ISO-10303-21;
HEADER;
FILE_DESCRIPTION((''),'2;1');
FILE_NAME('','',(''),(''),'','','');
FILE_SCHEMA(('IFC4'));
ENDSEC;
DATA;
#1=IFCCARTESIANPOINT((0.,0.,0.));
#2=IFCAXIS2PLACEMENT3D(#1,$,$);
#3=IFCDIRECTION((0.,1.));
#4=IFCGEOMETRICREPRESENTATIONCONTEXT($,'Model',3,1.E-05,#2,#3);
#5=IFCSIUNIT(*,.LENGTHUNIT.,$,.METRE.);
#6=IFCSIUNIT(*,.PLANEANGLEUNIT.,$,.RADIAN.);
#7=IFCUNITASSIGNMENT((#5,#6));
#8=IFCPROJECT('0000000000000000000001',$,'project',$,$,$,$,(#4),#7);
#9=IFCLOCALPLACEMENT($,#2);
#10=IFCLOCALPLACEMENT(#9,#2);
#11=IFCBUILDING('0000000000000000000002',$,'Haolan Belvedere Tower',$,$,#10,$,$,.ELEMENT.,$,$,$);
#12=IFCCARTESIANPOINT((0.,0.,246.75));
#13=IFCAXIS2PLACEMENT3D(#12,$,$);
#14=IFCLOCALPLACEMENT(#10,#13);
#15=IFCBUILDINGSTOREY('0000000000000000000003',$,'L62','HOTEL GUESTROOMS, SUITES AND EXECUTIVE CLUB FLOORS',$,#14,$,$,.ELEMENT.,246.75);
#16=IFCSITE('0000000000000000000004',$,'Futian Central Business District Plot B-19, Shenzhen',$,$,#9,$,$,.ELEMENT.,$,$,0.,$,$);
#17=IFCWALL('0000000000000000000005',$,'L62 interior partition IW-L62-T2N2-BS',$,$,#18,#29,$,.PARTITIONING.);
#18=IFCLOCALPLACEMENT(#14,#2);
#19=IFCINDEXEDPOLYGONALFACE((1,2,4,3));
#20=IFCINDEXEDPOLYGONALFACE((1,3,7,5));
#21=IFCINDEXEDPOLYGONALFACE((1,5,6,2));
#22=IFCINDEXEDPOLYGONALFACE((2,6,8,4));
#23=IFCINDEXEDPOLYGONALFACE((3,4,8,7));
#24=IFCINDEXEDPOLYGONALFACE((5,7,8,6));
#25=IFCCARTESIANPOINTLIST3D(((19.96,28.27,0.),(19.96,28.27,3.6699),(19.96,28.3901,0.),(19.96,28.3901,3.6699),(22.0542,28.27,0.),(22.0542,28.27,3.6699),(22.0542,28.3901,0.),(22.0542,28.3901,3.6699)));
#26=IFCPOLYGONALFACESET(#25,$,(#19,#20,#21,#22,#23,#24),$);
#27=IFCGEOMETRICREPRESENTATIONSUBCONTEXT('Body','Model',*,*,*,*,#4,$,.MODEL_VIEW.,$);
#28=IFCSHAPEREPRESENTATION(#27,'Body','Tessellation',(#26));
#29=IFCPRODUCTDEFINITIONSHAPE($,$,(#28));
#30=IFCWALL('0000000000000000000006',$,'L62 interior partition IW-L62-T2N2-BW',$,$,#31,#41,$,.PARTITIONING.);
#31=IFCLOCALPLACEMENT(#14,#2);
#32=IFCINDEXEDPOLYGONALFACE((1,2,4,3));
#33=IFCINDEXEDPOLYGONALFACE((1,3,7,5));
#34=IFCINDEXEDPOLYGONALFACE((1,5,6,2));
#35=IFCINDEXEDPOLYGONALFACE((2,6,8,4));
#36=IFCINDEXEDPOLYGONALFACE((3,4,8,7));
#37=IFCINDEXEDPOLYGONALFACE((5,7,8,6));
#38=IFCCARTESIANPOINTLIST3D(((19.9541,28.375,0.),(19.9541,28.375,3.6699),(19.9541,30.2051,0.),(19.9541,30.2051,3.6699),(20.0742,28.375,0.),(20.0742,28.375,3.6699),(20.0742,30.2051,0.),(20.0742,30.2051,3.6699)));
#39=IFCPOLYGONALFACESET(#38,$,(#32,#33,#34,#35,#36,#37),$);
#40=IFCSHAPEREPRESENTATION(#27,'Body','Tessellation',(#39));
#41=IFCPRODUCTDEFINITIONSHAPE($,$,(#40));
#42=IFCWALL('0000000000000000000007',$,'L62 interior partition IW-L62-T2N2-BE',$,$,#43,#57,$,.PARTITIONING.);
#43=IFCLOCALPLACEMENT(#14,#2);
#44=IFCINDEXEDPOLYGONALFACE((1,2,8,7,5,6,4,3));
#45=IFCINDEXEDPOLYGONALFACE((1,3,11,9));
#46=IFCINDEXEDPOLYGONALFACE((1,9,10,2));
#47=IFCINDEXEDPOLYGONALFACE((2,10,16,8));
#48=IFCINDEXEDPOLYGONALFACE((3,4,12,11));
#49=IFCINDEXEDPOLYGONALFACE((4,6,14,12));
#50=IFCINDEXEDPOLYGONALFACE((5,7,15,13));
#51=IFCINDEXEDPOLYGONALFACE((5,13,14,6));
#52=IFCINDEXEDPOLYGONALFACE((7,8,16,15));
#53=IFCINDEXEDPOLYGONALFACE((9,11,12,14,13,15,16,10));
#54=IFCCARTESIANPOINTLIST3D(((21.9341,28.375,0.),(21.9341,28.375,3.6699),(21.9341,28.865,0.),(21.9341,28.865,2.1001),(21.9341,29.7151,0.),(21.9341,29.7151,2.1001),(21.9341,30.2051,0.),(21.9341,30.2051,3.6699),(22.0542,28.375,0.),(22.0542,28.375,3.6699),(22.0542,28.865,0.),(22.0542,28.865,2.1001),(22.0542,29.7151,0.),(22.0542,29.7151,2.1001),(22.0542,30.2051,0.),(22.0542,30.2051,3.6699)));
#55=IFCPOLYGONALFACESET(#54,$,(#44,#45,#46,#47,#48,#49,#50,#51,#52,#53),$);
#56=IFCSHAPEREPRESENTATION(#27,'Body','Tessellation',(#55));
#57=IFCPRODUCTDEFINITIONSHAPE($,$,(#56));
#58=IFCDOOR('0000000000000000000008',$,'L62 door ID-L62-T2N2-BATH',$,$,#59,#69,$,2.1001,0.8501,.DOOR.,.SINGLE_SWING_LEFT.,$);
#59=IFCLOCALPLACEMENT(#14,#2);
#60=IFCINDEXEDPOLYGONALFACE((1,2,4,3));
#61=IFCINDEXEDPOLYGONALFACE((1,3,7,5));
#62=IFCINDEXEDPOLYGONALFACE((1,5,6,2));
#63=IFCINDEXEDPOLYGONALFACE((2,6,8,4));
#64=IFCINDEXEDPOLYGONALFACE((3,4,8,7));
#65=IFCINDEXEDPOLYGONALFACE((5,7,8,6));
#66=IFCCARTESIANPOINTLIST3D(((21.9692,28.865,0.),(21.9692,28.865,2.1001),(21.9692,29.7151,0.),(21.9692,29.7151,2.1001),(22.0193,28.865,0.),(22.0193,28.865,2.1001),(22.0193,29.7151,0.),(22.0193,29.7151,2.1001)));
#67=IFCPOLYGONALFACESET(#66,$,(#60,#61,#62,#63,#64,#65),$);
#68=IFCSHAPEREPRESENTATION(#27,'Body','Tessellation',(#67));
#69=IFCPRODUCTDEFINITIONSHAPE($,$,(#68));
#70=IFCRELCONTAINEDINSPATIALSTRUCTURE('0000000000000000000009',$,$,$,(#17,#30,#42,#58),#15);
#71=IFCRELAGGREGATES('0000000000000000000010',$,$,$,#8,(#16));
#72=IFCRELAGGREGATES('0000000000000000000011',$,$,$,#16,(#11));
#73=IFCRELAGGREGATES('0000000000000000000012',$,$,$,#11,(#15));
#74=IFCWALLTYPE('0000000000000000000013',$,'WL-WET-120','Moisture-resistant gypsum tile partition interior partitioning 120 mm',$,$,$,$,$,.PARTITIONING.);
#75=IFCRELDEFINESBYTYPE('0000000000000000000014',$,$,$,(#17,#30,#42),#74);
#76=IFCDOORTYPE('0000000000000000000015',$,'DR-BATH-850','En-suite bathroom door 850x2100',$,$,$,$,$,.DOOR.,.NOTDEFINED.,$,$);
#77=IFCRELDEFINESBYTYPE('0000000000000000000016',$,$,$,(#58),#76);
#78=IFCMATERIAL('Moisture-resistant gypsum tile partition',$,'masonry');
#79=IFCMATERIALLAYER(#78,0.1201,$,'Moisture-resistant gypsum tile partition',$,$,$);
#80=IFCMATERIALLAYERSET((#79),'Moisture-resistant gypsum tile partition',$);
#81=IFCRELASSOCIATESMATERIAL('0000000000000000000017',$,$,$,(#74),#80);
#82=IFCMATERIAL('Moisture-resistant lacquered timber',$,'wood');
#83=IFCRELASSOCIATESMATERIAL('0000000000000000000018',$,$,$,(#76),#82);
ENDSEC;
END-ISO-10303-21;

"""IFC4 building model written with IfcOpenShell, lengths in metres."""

from ifc_helpers import new_model, si_unit, direction, frame, frame_2d, origin, place, context, subcontext, project, spatial, rectangle, extrude, material, layer, layer_set, type_object, element, fill, save


model = new_model("IFC4")

# Units and contexts
model_context = context("Model", 3, precision=1e-05, world=origin(), true_north=direction((0.0, 1.0)))
body_context = subcontext(model_context, "Body", "Model", "MODEL_VIEW")
ifc_project = project(units=[si_unit("LENGTHUNIT", "METRE"), si_unit("PLANEANGLEUNIT", "RADIAN")], contexts=[model_context])

# Site, building, storey
site_placement = place(None, origin())
site = spatial("IfcSite", under=ifc_project, at=site_placement, Name="Futian Central Business District Plot B-19, Shenzhen", CompositionType="ELEMENT", RefElevation=0.0)
building_placement = place(site_placement, origin())
building = spatial("IfcBuilding", under=site, at=building_placement, Name="Haolan Belvedere Tower", CompositionType="ELEMENT")
storey_placement = place(building_placement, frame((0.0, 0.0, 246.75)))
storey = spatial("IfcBuildingStorey", under=building, at=storey_placement, Name="L62", Description="HOTEL GUESTROOMS, SUITES AND EXECUTIVE CLUB FLOORS", CompositionType="ELEMENT", Elevation=246.75)

# Walls
ifc_material_1 = material(Name="Moisture-resistant gypsum tile partition", Category="masonry")
ifc_layer_1 = layer(ifc_material_1, 0.1201, Name="Moisture-resistant gypsum tile partition")
ifc_layer_set_1 = layer_set([ifc_layer_1], Name="Moisture-resistant gypsum tile partition")
wall_type_1 = type_object("IfcWallType", Name="WL-WET-120", Description="Moisture-resistant gypsum tile partition interior partitioning 120 mm", PredefinedType="PARTITIONING", material=ifc_layer_set_1)
for number, where, z_axis, x_axis, name in (
    (1, (19.96, 28.3301, 0.0), (0.0, 0.0, 1.0), (1.0, 0.0, 0.0), "L62 interior partition IW-L62-T2N2-BS"),
):
    element("IfcWall", number, at=place(storey_placement, frame(where, z_axis=z_axis, x_axis=x_axis)), inside=storey, type_object=wall_type_1, Name=name, PredefinedType="PARTITIONING", context=body_context, shape_type="SweptSolid", body=[
        extrude(rectangle(XDim=2.0942, YDim=0.1201, at=frame_2d((1.0471, 0.0))), origin(), (0.0, 0.0, 1.0), 3.6699),
    ])
wall_1_placement = place(storey_placement, frame((20.0142, 28.375, 0.0), z_axis=(0.0, 0.0, 1.0), x_axis=(0.0, 1.0, 0.0)))
element("IfcWall", 2, at=wall_1_placement, inside=storey, type_object=wall_type_1, Name="L62 interior partition IW-L62-T2N2-BW", PredefinedType="PARTITIONING", context=body_context, shape_type="SweptSolid", body=[
    extrude(rectangle(XDim=1.8301, YDim=0.1201, at=frame_2d((0.915, 0.0))), origin(), (0.0, 0.0, 1.0), 3.6699),
])

# Wall, opening, door
wall_2_placement = place(storey_placement, frame((21.9941, 28.375, 0.0), z_axis=(0.0, 0.0, 1.0), x_axis=(0.0, 1.0, 0.0)))
wall_2 = element("IfcWall", 3, at=wall_2_placement, inside=storey, type_object=wall_type_1, Name="L62 interior partition IW-L62-T2N2-BE", PredefinedType="PARTITIONING", context=body_context, shape_type="SweptSolid", body=[
    extrude(rectangle(XDim=1.8301, YDim=0.1201, at=frame_2d((0.915, 0.0))), origin(), (0.0, 0.0, 1.0), 3.6699),
])
opening_1_placement = place(wall_2_placement, frame((0.49, 0.0, 0.0)))
opening_1 = element("IfcOpeningElement", 4, at=opening_1_placement, cuts=wall_2, PredefinedType="OPENING", context=body_context, shape_type="SweptSolid", body=[
    extrude(rectangle(XDim=0.8501, YDim=2.1001, at=frame_2d((0.425, 1.05))), frame((0.0, 0.0701, 0.0), z_axis=(0.0, -1.0, 0.0), x_axis=(1.0, 0.0, 0.0)), (0.0, 0.0, 1.0), 0.1401),
])
ifc_material_2 = material(Name="Moisture-resistant lacquered timber", Category="wood")
door_type_1 = type_object("IfcDoorType", Name="DR-BATH-850", Description="En-suite bathroom door 850x2100", OperationType="NOTDEFINED", PredefinedType="DOOR", material=ifc_material_2)
door_1_placement = place(opening_1_placement, origin())
door_1 = element("IfcDoor", 5, at=door_1_placement, inside=storey, type_object=door_type_1, Name="L62 door ID-L62-T2N2-BATH", OperationType="SINGLE_SWING_LEFT", OverallHeight=2.1001, OverallWidth=0.8501, PredefinedType="DOOR", context=body_context, shape_type="SweptSolid", body=[
    extrude(rectangle(XDim=0.8501, YDim=2.1001, at=frame_2d((0.425, 1.05))), frame((0.0, 0.0249, 0.0), z_axis=(0.0, -1.0, 0.0), x_axis=(1.0, 0.0, 0.0)), (0.0, 0.0, 1.0), 0.05),
])
fill(opening_1, door_1)

save(model, "model.ifc")
